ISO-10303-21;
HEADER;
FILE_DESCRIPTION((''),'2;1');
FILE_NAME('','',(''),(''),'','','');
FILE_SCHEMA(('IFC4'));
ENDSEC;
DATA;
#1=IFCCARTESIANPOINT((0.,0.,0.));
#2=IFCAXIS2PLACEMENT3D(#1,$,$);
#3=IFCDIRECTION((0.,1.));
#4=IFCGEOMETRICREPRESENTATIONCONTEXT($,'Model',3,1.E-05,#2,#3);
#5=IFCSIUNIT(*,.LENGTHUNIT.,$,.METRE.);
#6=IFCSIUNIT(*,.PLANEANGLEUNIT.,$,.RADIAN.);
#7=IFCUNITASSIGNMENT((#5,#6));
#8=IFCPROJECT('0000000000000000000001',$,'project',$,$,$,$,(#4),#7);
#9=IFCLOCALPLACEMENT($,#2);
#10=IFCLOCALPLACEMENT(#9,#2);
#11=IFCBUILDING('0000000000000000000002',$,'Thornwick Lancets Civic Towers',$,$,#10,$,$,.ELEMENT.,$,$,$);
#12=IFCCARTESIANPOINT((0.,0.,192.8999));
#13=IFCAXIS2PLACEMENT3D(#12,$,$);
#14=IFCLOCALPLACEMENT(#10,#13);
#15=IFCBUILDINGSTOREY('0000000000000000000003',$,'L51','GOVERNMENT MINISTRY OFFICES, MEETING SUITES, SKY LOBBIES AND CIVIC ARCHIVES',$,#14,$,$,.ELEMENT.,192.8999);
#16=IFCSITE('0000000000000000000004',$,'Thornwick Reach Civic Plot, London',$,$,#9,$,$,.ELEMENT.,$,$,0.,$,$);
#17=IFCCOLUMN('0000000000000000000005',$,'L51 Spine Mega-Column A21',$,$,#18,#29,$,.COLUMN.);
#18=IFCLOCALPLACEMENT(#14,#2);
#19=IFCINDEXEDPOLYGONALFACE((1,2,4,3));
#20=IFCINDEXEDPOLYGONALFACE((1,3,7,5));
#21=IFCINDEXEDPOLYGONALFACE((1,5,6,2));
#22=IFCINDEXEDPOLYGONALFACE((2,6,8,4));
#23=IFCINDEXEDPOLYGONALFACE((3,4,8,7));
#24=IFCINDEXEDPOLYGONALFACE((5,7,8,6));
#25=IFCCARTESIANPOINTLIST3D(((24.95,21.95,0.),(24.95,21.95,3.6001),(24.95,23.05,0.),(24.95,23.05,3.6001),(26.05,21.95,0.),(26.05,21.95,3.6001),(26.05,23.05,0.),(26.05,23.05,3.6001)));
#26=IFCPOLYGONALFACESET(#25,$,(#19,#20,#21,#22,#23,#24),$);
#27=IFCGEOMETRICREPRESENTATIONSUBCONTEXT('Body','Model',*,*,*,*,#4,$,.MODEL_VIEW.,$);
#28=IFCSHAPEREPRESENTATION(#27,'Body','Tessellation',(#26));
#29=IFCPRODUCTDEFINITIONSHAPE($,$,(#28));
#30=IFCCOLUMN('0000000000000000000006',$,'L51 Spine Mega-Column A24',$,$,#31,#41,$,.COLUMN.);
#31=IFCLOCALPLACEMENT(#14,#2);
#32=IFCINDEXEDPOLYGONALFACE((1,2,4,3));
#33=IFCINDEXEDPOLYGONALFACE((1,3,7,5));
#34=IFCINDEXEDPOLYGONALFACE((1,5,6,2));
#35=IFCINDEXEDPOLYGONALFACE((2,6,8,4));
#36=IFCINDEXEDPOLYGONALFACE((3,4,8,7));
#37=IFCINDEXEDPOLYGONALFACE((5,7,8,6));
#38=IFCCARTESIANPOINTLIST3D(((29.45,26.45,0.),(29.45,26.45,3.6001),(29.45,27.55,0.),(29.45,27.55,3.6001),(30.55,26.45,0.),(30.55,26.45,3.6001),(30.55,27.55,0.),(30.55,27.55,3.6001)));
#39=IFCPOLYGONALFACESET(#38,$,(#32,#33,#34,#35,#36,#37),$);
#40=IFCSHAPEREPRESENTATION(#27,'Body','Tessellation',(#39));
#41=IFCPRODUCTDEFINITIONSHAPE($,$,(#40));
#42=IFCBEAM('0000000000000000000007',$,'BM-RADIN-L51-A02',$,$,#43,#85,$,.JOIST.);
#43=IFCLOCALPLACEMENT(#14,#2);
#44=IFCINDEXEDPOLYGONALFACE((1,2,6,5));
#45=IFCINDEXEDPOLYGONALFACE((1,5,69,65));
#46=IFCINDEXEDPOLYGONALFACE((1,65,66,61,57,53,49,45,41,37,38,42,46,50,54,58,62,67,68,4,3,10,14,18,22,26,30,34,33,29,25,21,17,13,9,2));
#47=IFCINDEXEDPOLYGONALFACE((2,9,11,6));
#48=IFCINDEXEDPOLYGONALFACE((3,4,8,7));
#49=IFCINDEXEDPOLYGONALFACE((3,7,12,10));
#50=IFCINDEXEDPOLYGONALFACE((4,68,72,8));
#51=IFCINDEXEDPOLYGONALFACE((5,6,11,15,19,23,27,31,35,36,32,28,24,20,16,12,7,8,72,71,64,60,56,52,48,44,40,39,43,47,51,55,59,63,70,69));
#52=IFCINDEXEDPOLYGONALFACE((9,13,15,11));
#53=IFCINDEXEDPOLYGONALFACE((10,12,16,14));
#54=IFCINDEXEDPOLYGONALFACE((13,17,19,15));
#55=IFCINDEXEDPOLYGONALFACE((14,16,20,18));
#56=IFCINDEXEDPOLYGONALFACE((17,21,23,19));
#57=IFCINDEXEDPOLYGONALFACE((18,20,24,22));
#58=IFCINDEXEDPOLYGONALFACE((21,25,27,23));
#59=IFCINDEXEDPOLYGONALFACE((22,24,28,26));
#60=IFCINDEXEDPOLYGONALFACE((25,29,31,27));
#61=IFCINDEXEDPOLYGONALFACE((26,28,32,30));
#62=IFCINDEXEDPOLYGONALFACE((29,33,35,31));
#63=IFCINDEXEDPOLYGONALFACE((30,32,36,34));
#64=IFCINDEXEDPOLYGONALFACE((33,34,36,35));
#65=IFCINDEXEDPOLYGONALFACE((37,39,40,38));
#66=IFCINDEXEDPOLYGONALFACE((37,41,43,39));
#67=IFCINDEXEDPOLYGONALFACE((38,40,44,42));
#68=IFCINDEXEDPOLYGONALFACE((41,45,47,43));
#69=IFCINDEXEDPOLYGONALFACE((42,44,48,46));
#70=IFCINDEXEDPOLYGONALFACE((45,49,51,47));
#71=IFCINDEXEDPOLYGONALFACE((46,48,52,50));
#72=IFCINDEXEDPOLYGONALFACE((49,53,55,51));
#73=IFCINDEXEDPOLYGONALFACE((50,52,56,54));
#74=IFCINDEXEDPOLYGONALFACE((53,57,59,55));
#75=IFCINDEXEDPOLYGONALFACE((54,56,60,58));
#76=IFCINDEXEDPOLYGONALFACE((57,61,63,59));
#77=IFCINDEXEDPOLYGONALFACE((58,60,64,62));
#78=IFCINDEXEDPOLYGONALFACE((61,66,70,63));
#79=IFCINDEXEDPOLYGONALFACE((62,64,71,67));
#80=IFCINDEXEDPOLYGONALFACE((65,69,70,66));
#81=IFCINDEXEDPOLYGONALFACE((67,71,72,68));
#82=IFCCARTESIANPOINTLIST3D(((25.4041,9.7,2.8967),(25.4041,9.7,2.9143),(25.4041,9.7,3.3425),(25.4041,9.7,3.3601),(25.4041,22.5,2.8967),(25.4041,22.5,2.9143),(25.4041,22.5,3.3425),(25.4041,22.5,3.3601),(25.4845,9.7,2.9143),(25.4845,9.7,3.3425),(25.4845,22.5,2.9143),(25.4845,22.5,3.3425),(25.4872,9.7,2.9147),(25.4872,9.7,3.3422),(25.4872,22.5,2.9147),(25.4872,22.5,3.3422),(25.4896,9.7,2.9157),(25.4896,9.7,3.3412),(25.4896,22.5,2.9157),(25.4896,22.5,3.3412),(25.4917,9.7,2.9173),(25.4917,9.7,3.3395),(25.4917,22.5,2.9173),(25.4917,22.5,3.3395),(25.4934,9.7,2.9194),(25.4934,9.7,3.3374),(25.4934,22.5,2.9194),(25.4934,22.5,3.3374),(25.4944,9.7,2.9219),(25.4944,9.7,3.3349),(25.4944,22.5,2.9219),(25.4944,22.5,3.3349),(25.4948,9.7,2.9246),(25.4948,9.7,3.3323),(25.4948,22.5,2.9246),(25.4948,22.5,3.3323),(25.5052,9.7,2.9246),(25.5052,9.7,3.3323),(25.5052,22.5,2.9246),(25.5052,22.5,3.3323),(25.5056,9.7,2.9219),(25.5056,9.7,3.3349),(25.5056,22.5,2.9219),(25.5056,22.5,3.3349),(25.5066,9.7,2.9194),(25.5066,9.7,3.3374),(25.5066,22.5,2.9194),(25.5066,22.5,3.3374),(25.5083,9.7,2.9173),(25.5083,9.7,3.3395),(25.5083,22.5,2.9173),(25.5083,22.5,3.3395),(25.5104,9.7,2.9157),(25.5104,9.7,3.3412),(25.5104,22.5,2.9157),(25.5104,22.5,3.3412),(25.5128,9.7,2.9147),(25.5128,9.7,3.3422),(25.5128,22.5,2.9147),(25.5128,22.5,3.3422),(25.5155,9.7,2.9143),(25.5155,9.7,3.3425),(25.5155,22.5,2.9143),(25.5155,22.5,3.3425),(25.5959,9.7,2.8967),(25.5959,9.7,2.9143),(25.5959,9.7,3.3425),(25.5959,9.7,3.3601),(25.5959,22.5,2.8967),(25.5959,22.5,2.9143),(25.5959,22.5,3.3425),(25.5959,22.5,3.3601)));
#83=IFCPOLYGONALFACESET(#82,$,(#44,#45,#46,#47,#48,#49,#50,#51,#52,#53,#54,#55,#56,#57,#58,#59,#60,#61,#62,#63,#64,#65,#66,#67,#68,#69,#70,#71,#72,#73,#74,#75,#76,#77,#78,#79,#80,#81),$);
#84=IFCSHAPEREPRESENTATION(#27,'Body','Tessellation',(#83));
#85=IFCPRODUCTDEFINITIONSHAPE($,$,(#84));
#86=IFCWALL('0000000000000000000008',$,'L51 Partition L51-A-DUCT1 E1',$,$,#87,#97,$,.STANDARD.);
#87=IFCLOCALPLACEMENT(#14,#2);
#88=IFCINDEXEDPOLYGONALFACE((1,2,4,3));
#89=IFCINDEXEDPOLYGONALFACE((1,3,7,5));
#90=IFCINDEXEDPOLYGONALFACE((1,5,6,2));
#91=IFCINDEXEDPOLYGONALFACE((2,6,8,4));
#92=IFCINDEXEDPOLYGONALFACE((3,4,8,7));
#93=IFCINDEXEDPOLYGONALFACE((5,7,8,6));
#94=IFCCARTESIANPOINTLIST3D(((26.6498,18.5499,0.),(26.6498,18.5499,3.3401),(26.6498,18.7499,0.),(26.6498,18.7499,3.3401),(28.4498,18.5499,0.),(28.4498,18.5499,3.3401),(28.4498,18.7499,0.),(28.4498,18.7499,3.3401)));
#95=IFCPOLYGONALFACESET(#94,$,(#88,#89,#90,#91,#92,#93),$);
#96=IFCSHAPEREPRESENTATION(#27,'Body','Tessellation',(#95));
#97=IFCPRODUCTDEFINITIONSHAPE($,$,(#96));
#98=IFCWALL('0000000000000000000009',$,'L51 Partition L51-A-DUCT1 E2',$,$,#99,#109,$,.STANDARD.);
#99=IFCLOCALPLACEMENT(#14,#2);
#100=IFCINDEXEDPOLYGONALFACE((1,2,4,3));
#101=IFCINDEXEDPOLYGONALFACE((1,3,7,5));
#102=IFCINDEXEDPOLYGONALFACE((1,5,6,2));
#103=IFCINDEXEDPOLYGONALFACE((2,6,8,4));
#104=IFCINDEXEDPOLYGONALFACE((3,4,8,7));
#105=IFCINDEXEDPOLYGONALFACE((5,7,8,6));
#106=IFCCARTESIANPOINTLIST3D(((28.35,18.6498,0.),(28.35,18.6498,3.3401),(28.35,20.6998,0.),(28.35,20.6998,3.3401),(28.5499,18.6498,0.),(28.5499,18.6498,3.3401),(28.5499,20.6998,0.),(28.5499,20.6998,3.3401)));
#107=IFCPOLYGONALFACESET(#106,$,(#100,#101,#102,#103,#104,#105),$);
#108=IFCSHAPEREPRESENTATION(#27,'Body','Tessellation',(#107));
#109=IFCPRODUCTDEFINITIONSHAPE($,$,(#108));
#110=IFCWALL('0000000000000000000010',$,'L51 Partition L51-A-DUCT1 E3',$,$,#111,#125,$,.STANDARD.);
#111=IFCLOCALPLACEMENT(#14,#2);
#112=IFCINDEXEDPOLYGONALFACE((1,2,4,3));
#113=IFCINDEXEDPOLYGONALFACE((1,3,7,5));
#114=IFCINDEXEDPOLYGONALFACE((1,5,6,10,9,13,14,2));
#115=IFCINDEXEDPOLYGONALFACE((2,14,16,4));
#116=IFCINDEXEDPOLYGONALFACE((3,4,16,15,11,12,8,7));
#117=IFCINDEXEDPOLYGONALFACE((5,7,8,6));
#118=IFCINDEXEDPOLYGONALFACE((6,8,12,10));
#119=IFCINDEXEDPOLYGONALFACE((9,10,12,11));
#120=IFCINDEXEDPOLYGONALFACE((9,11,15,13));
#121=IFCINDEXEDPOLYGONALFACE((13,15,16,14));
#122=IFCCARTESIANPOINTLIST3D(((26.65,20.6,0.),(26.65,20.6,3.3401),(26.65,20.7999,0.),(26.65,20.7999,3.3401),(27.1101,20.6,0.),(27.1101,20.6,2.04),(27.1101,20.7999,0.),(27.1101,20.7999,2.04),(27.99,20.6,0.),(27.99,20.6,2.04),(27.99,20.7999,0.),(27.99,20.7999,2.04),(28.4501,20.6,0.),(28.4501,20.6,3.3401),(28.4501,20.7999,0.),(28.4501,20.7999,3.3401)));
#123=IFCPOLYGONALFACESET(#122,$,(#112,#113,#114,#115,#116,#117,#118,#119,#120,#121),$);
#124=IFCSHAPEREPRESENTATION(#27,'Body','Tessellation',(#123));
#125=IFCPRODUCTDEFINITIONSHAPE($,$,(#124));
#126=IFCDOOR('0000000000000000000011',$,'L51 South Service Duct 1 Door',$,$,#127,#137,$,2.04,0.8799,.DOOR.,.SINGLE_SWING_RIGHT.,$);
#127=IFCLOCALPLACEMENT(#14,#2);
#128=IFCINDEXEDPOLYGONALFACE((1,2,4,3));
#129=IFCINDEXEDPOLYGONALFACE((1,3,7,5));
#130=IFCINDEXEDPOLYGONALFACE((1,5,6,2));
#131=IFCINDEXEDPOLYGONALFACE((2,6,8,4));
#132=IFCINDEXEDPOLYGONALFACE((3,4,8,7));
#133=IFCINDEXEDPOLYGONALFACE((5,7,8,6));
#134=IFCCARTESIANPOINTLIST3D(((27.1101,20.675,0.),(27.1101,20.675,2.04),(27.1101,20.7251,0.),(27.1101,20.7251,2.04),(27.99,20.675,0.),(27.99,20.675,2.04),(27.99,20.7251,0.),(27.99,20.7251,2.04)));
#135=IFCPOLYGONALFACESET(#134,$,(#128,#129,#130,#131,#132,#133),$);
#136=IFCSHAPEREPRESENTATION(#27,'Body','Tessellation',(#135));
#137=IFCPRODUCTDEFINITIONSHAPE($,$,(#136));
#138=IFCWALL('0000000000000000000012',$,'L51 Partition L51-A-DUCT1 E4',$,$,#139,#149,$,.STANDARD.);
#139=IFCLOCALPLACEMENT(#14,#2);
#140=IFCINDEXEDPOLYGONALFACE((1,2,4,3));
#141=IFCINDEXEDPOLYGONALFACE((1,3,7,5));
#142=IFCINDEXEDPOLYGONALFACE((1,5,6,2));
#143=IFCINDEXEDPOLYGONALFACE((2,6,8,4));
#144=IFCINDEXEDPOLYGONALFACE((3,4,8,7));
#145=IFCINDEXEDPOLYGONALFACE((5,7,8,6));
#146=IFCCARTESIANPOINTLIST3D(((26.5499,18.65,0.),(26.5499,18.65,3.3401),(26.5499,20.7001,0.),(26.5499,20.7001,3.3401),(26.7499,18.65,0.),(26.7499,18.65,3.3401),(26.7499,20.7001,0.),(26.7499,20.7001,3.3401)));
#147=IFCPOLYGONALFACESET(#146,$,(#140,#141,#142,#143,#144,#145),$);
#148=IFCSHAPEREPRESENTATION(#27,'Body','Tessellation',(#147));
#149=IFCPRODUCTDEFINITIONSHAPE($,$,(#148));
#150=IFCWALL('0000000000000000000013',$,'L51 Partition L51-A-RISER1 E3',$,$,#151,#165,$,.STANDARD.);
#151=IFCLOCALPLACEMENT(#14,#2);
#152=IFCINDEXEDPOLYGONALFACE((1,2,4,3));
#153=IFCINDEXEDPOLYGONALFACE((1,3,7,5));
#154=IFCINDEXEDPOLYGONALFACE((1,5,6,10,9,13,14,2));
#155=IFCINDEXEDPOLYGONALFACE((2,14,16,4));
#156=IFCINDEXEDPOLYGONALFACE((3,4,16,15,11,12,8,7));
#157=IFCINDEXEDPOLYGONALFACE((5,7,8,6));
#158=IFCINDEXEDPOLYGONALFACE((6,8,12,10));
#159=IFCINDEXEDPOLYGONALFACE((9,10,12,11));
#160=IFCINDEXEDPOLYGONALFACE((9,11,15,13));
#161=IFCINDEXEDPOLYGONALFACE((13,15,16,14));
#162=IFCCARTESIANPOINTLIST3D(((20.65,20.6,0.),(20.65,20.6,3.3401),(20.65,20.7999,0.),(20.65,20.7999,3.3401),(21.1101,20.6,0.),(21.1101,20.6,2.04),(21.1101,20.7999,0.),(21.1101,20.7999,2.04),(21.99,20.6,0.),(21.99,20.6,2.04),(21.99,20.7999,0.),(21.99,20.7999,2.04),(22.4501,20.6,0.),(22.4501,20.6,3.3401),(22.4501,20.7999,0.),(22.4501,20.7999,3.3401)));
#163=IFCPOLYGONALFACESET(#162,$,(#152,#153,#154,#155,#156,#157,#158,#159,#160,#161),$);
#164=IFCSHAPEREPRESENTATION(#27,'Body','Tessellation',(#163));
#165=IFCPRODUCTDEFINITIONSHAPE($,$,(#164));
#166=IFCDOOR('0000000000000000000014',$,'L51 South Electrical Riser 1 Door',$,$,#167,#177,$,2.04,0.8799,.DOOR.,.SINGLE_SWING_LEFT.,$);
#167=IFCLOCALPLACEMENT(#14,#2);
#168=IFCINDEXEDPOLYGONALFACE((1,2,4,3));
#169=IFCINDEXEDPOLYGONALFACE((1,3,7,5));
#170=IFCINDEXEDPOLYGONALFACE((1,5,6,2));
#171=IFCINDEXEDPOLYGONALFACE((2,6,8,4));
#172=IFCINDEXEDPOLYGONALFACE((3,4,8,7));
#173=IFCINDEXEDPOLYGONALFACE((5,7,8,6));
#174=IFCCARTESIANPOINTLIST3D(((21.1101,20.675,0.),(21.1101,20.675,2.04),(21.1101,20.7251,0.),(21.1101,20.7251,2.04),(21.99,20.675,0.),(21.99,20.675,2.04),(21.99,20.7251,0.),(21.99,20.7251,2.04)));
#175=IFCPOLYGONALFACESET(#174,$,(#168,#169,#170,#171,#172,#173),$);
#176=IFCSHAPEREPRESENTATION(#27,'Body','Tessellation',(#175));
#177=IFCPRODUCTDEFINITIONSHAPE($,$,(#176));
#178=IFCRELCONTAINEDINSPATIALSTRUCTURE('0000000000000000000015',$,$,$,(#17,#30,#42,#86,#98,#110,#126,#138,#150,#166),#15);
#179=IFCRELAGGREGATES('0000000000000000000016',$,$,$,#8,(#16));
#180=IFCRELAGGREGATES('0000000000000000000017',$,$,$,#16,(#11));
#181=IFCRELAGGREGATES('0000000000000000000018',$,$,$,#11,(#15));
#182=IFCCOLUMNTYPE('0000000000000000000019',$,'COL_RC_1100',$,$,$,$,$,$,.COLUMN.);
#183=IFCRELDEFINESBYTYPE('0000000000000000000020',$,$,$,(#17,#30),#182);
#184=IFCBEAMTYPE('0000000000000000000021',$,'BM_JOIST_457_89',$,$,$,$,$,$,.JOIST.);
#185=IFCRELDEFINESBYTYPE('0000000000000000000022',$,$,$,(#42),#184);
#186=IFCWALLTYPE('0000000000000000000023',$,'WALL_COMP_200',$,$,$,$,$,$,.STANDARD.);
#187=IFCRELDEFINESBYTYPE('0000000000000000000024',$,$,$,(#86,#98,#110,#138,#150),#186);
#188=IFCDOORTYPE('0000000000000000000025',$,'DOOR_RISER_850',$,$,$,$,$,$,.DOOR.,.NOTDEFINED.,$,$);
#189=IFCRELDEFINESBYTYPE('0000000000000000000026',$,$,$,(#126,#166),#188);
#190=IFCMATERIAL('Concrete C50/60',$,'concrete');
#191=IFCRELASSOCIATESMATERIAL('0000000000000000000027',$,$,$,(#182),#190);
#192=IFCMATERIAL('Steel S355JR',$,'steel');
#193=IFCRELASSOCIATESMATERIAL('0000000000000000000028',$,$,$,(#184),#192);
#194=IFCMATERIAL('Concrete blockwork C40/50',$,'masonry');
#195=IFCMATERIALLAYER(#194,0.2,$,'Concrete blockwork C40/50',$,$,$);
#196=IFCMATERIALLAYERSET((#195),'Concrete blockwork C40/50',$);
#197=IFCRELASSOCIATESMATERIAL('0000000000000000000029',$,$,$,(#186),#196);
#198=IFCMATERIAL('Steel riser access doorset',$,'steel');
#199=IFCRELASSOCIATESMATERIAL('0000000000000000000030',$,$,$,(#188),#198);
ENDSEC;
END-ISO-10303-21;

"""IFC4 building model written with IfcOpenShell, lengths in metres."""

from ifc_helpers import new_model, si_unit, direction, frame, frame_2d, origin, origin_2d, place, context, subcontext, project, spatial, rectangle, i_section, extrude, material, layer, layer_set, material_profile, profile_set, type_object, element, fill, save


model = new_model("IFC4")

# Units and contexts
model_context = context("Model", 3, precision=1e-05, world=origin(), true_north=direction((0.0, 1.0)))
body_context = subcontext(model_context, "Body", "Model", "MODEL_VIEW")
ifc_project = project(units=[si_unit("LENGTHUNIT", "METRE"), si_unit("PLANEANGLEUNIT", "RADIAN")], contexts=[model_context])

# Site, building, storey
site_placement = place(None, origin())
site = spatial("IfcSite", under=ifc_project, at=site_placement, Name="Thornwick Reach Civic Plot, London", CompositionType="ELEMENT", RefElevation=0.0)
building_placement = place(site_placement, origin())
building = spatial("IfcBuilding", under=site, at=building_placement, Name="Thornwick Lancets Civic Towers", CompositionType="ELEMENT")
storey_placement = place(building_placement, frame((0.0, 0.0, 192.8999)))
storey = spatial("IfcBuildingStorey", under=building, at=storey_placement, Name="L51", Description="GOVERNMENT MINISTRY OFFICES, MEETING SUITES, SKY LOBBIES AND CIVIC ARCHIVES", CompositionType="ELEMENT", Elevation=192.8999)

# Columns
ifc_material_1 = material(Name="Concrete C50/60", Category="concrete")
ifc_material_profile_1 = material_profile(ifc_material_1, rectangle(XDim=1.1001, YDim=1.1001, at=origin_2d()), Name="RC 1100x1100")
ifc_profile_set_1 = profile_set([ifc_material_profile_1], Name="Concrete C50/60")
column_type = type_object("IfcColumnType", Name="COL_RC_1100", PredefinedType="COLUMN", material=ifc_profile_set_1)
for number, where, z_axis, x_axis, name in (
    (1, (25.5, 22.5, 0.0), (0.0, 0.0, 1.0), (1.0, 0.0, 0.0), "L51 Spine Mega-Column A21"),
    (2, (30.0, 27.0, 0.0), (0.0, 0.0, 1.0), (1.0, 0.0, 0.0), "L51 Spine Mega-Column A24"),
):
    element("IfcColumn", number, at=place(storey_placement, frame(where, z_axis=z_axis, x_axis=x_axis)), inside=storey, type_object=column_type, Name=name, PredefinedType="COLUMN", context=body_context, shape_type="SweptSolid", body=[
        extrude(rectangle(XDim=1.1001, YDim=1.1001, at=origin_2d()), origin(), (0.0, 0.0, 1.0), 3.6001),
    ])

# Beam
ifc_material_2 = material(Name="Steel S355JR", Category="steel")
ifc_material_profile_2 = material_profile(ifc_material_2, i_section(OverallWidth=0.1919, OverallDepth=0.4634, WebThickness=0.0105, FlangeThickness=0.0176, FilletRadius=0.0103, at=origin_2d()), Name="UKB 457x191x89")
ifc_profile_set_2 = profile_set([ifc_material_profile_2], Name="Steel S355JR")
beam_type = type_object("IfcBeamType", Name="BM_JOIST_457_89", PredefinedType="JOIST", material=ifc_profile_set_2)
beam_placement = place(storey_placement, frame((25.5, 22.5, 3.1284), z_axis=(0.0, -1.0, 0.0), x_axis=(1.0, 0.0, 0.0)))
element("IfcBeam", 3, at=beam_placement, inside=storey, type_object=beam_type, Name="BM-RADIN-L51-A02", PredefinedType="JOIST", context=body_context, shape_type="SweptSolid", body=[
    extrude(i_section(OverallWidth=0.1919, OverallDepth=0.4634, WebThickness=0.0105, FlangeThickness=0.0176, FilletRadius=0.0103, at=origin_2d()), origin(), (0.0, 0.0, 1.0), 12.8),
])

# Walls
ifc_material_3 = material(Name="Concrete blockwork C40/50", Category="masonry")
ifc_layer_1 = layer(ifc_material_3, 0.2, Name="Concrete blockwork C40/50")
ifc_layer_set_1 = layer_set([ifc_layer_1], Name="Concrete blockwork C40/50")
wall_type_1 = type_object("IfcWallType", Name="WALL_COMP_200", PredefinedType="STANDARD", material=ifc_layer_set_1)
wall_1_placement = place(storey_placement, frame((26.6499, 18.6499, 0.0), z_axis=(0.0, 0.0, 1.0), x_axis=(1.0, 0.0, 0.0)))
element("IfcWall", 4, at=wall_1_placement, inside=storey, type_object=wall_type_1, Name="L51 Partition L51-A-DUCT1 E1", PredefinedType="STANDARD", context=body_context, shape_type="SweptSolid", body=[
    extrude(rectangle(XDim=1.8, YDim=0.2, at=frame_2d((0.8999, 0.0))), origin(), (0.0, 0.0, 1.0), 3.3401),
])
wall_2_placement = place(storey_placement, frame((28.45, 18.6499, 0.0), z_axis=(0.0, 0.0, 1.0), x_axis=(0.0, 1.0, 0.0)))
element("IfcWall", 5, at=wall_2_placement, inside=storey, type_object=wall_type_1, Name="L51 Partition L51-A-DUCT1 E2", PredefinedType="STANDARD", context=body_context, shape_type="SweptSolid", body=[
    extrude(rectangle(XDim=2.05, YDim=0.2, at=frame_2d((1.0249, 0.0))), origin(), (0.0, 0.0, 1.0), 3.3401),
])

# Wall, opening, door
wall_3_placement = place(storey_placement, frame((28.45, 20.7, 0.0), z_axis=(0.0, 0.0, 1.0), x_axis=(-1.0, 0.0, 0.0)))
wall_3 = element("IfcWall", 6, at=wall_3_placement, inside=storey, type_object=wall_type_1, Name="L51 Partition L51-A-DUCT1 E3", PredefinedType="STANDARD", context=body_context, shape_type="SweptSolid", body=[
    extrude(rectangle(XDim=1.8, YDim=0.2, at=frame_2d((0.8999, 0.0))), origin(), (0.0, 0.0, 1.0), 3.3401),
])
opening_1_placement = place(wall_3_placement, frame((0.46, 0.0, 0.0)))
opening_1 = element("IfcOpeningElement", 7, at=opening_1_placement, cuts=wall_3, PredefinedType="OPENING", context=body_context, shape_type="SweptSolid", body=[
    extrude(rectangle(XDim=0.8799, YDim=2.04, at=frame_2d((0.4399, 1.02))), frame((0.0, 0.1099, 0.0), z_axis=(0.0, -1.0, 0.0), x_axis=(1.0, 0.0, 0.0)), (0.0, 0.0, 1.0), 0.22),
])
ifc_material_4 = material(Name="Steel riser access doorset", Category="steel")
door_type_1 = type_object("IfcDoorType", Name="DOOR_RISER_850", OperationType="NOTDEFINED", PredefinedType="DOOR", material=ifc_material_4)
door_1_placement = place(opening_1_placement, origin())
door_1 = element("IfcDoor", 8, at=door_1_placement, inside=storey, type_object=door_type_1, Name="L51 South Service Duct 1 Door", OperationType="SINGLE_SWING_RIGHT", OverallHeight=2.04, OverallWidth=0.8799, PredefinedType="DOOR", context=body_context, shape_type="SweptSolid", body=[
    extrude(rectangle(XDim=0.8799, YDim=2.04, at=frame_2d((0.4399, 1.02))), frame((0.0, 0.0249, 0.0), z_axis=(0.0, -1.0, 0.0), x_axis=(1.0, 0.0, 0.0)), (0.0, 0.0, 1.0), 0.05),
])
fill(opening_1, door_1)

# Wall
wall_4_placement = place(storey_placement, frame((26.6499, 20.7, 0.0), z_axis=(0.0, 0.0, 1.0), x_axis=(0.0, -1.0, 0.0)))
element("IfcWall", 9, at=wall_4_placement, inside=storey, type_object=wall_type_1, Name="L51 Partition L51-A-DUCT1 E4", PredefinedType="STANDARD", context=body_context, shape_type="SweptSolid", body=[
    extrude(rectangle(XDim=2.05, YDim=0.2, at=frame_2d((1.0249, 0.0))), origin(), (0.0, 0.0, 1.0), 3.3401),
])

# Wall, opening, door
wall_5_placement = place(storey_placement, frame((22.45, 20.7, 0.0), z_axis=(0.0, 0.0, 1.0), x_axis=(-1.0, 0.0, 0.0)))
wall_5 = element("IfcWall", 10, at=wall_5_placement, inside=storey, type_object=wall_type_1, Name="L51 Partition L51-A-RISER1 E3", PredefinedType="STANDARD", context=body_context, shape_type="SweptSolid", body=[
    extrude(rectangle(XDim=1.8, YDim=0.2, at=frame_2d((0.8999, 0.0))), origin(), (0.0, 0.0, 1.0), 3.3401),
])
opening_2_placement = place(wall_5_placement, frame((0.46, 0.0, 0.0)))
opening_2 = element("IfcOpeningElement", 11, at=opening_2_placement, cuts=wall_5, PredefinedType="OPENING", context=body_context, shape_type="SweptSolid", body=[
    extrude(rectangle(XDim=0.8799, YDim=2.04, at=frame_2d((0.4399, 1.02))), frame((0.0, 0.1099, 0.0), z_axis=(0.0, -1.0, 0.0), x_axis=(1.0, 0.0, 0.0)), (0.0, 0.0, 1.0), 0.22),
])
door_2_placement = place(opening_2_placement, origin())
door_2 = element("IfcDoor", 12, at=door_2_placement, inside=storey, type_object=door_type_1, Name="L51 South Electrical Riser 1 Door", OperationType="SINGLE_SWING_LEFT", OverallHeight=2.04, OverallWidth=0.8799, PredefinedType="DOOR", context=body_context, shape_type="SweptSolid", body=[
    extrude(rectangle(XDim=0.8799, YDim=2.04, at=frame_2d((0.4399, 1.02))), frame((0.0, 0.0249, 0.0), z_axis=(0.0, -1.0, 0.0), x_axis=(1.0, 0.0, 0.0)), (0.0, 0.0, 1.0), 0.05),
])
fill(opening_2, door_2)

save(model, "model.ifc")
